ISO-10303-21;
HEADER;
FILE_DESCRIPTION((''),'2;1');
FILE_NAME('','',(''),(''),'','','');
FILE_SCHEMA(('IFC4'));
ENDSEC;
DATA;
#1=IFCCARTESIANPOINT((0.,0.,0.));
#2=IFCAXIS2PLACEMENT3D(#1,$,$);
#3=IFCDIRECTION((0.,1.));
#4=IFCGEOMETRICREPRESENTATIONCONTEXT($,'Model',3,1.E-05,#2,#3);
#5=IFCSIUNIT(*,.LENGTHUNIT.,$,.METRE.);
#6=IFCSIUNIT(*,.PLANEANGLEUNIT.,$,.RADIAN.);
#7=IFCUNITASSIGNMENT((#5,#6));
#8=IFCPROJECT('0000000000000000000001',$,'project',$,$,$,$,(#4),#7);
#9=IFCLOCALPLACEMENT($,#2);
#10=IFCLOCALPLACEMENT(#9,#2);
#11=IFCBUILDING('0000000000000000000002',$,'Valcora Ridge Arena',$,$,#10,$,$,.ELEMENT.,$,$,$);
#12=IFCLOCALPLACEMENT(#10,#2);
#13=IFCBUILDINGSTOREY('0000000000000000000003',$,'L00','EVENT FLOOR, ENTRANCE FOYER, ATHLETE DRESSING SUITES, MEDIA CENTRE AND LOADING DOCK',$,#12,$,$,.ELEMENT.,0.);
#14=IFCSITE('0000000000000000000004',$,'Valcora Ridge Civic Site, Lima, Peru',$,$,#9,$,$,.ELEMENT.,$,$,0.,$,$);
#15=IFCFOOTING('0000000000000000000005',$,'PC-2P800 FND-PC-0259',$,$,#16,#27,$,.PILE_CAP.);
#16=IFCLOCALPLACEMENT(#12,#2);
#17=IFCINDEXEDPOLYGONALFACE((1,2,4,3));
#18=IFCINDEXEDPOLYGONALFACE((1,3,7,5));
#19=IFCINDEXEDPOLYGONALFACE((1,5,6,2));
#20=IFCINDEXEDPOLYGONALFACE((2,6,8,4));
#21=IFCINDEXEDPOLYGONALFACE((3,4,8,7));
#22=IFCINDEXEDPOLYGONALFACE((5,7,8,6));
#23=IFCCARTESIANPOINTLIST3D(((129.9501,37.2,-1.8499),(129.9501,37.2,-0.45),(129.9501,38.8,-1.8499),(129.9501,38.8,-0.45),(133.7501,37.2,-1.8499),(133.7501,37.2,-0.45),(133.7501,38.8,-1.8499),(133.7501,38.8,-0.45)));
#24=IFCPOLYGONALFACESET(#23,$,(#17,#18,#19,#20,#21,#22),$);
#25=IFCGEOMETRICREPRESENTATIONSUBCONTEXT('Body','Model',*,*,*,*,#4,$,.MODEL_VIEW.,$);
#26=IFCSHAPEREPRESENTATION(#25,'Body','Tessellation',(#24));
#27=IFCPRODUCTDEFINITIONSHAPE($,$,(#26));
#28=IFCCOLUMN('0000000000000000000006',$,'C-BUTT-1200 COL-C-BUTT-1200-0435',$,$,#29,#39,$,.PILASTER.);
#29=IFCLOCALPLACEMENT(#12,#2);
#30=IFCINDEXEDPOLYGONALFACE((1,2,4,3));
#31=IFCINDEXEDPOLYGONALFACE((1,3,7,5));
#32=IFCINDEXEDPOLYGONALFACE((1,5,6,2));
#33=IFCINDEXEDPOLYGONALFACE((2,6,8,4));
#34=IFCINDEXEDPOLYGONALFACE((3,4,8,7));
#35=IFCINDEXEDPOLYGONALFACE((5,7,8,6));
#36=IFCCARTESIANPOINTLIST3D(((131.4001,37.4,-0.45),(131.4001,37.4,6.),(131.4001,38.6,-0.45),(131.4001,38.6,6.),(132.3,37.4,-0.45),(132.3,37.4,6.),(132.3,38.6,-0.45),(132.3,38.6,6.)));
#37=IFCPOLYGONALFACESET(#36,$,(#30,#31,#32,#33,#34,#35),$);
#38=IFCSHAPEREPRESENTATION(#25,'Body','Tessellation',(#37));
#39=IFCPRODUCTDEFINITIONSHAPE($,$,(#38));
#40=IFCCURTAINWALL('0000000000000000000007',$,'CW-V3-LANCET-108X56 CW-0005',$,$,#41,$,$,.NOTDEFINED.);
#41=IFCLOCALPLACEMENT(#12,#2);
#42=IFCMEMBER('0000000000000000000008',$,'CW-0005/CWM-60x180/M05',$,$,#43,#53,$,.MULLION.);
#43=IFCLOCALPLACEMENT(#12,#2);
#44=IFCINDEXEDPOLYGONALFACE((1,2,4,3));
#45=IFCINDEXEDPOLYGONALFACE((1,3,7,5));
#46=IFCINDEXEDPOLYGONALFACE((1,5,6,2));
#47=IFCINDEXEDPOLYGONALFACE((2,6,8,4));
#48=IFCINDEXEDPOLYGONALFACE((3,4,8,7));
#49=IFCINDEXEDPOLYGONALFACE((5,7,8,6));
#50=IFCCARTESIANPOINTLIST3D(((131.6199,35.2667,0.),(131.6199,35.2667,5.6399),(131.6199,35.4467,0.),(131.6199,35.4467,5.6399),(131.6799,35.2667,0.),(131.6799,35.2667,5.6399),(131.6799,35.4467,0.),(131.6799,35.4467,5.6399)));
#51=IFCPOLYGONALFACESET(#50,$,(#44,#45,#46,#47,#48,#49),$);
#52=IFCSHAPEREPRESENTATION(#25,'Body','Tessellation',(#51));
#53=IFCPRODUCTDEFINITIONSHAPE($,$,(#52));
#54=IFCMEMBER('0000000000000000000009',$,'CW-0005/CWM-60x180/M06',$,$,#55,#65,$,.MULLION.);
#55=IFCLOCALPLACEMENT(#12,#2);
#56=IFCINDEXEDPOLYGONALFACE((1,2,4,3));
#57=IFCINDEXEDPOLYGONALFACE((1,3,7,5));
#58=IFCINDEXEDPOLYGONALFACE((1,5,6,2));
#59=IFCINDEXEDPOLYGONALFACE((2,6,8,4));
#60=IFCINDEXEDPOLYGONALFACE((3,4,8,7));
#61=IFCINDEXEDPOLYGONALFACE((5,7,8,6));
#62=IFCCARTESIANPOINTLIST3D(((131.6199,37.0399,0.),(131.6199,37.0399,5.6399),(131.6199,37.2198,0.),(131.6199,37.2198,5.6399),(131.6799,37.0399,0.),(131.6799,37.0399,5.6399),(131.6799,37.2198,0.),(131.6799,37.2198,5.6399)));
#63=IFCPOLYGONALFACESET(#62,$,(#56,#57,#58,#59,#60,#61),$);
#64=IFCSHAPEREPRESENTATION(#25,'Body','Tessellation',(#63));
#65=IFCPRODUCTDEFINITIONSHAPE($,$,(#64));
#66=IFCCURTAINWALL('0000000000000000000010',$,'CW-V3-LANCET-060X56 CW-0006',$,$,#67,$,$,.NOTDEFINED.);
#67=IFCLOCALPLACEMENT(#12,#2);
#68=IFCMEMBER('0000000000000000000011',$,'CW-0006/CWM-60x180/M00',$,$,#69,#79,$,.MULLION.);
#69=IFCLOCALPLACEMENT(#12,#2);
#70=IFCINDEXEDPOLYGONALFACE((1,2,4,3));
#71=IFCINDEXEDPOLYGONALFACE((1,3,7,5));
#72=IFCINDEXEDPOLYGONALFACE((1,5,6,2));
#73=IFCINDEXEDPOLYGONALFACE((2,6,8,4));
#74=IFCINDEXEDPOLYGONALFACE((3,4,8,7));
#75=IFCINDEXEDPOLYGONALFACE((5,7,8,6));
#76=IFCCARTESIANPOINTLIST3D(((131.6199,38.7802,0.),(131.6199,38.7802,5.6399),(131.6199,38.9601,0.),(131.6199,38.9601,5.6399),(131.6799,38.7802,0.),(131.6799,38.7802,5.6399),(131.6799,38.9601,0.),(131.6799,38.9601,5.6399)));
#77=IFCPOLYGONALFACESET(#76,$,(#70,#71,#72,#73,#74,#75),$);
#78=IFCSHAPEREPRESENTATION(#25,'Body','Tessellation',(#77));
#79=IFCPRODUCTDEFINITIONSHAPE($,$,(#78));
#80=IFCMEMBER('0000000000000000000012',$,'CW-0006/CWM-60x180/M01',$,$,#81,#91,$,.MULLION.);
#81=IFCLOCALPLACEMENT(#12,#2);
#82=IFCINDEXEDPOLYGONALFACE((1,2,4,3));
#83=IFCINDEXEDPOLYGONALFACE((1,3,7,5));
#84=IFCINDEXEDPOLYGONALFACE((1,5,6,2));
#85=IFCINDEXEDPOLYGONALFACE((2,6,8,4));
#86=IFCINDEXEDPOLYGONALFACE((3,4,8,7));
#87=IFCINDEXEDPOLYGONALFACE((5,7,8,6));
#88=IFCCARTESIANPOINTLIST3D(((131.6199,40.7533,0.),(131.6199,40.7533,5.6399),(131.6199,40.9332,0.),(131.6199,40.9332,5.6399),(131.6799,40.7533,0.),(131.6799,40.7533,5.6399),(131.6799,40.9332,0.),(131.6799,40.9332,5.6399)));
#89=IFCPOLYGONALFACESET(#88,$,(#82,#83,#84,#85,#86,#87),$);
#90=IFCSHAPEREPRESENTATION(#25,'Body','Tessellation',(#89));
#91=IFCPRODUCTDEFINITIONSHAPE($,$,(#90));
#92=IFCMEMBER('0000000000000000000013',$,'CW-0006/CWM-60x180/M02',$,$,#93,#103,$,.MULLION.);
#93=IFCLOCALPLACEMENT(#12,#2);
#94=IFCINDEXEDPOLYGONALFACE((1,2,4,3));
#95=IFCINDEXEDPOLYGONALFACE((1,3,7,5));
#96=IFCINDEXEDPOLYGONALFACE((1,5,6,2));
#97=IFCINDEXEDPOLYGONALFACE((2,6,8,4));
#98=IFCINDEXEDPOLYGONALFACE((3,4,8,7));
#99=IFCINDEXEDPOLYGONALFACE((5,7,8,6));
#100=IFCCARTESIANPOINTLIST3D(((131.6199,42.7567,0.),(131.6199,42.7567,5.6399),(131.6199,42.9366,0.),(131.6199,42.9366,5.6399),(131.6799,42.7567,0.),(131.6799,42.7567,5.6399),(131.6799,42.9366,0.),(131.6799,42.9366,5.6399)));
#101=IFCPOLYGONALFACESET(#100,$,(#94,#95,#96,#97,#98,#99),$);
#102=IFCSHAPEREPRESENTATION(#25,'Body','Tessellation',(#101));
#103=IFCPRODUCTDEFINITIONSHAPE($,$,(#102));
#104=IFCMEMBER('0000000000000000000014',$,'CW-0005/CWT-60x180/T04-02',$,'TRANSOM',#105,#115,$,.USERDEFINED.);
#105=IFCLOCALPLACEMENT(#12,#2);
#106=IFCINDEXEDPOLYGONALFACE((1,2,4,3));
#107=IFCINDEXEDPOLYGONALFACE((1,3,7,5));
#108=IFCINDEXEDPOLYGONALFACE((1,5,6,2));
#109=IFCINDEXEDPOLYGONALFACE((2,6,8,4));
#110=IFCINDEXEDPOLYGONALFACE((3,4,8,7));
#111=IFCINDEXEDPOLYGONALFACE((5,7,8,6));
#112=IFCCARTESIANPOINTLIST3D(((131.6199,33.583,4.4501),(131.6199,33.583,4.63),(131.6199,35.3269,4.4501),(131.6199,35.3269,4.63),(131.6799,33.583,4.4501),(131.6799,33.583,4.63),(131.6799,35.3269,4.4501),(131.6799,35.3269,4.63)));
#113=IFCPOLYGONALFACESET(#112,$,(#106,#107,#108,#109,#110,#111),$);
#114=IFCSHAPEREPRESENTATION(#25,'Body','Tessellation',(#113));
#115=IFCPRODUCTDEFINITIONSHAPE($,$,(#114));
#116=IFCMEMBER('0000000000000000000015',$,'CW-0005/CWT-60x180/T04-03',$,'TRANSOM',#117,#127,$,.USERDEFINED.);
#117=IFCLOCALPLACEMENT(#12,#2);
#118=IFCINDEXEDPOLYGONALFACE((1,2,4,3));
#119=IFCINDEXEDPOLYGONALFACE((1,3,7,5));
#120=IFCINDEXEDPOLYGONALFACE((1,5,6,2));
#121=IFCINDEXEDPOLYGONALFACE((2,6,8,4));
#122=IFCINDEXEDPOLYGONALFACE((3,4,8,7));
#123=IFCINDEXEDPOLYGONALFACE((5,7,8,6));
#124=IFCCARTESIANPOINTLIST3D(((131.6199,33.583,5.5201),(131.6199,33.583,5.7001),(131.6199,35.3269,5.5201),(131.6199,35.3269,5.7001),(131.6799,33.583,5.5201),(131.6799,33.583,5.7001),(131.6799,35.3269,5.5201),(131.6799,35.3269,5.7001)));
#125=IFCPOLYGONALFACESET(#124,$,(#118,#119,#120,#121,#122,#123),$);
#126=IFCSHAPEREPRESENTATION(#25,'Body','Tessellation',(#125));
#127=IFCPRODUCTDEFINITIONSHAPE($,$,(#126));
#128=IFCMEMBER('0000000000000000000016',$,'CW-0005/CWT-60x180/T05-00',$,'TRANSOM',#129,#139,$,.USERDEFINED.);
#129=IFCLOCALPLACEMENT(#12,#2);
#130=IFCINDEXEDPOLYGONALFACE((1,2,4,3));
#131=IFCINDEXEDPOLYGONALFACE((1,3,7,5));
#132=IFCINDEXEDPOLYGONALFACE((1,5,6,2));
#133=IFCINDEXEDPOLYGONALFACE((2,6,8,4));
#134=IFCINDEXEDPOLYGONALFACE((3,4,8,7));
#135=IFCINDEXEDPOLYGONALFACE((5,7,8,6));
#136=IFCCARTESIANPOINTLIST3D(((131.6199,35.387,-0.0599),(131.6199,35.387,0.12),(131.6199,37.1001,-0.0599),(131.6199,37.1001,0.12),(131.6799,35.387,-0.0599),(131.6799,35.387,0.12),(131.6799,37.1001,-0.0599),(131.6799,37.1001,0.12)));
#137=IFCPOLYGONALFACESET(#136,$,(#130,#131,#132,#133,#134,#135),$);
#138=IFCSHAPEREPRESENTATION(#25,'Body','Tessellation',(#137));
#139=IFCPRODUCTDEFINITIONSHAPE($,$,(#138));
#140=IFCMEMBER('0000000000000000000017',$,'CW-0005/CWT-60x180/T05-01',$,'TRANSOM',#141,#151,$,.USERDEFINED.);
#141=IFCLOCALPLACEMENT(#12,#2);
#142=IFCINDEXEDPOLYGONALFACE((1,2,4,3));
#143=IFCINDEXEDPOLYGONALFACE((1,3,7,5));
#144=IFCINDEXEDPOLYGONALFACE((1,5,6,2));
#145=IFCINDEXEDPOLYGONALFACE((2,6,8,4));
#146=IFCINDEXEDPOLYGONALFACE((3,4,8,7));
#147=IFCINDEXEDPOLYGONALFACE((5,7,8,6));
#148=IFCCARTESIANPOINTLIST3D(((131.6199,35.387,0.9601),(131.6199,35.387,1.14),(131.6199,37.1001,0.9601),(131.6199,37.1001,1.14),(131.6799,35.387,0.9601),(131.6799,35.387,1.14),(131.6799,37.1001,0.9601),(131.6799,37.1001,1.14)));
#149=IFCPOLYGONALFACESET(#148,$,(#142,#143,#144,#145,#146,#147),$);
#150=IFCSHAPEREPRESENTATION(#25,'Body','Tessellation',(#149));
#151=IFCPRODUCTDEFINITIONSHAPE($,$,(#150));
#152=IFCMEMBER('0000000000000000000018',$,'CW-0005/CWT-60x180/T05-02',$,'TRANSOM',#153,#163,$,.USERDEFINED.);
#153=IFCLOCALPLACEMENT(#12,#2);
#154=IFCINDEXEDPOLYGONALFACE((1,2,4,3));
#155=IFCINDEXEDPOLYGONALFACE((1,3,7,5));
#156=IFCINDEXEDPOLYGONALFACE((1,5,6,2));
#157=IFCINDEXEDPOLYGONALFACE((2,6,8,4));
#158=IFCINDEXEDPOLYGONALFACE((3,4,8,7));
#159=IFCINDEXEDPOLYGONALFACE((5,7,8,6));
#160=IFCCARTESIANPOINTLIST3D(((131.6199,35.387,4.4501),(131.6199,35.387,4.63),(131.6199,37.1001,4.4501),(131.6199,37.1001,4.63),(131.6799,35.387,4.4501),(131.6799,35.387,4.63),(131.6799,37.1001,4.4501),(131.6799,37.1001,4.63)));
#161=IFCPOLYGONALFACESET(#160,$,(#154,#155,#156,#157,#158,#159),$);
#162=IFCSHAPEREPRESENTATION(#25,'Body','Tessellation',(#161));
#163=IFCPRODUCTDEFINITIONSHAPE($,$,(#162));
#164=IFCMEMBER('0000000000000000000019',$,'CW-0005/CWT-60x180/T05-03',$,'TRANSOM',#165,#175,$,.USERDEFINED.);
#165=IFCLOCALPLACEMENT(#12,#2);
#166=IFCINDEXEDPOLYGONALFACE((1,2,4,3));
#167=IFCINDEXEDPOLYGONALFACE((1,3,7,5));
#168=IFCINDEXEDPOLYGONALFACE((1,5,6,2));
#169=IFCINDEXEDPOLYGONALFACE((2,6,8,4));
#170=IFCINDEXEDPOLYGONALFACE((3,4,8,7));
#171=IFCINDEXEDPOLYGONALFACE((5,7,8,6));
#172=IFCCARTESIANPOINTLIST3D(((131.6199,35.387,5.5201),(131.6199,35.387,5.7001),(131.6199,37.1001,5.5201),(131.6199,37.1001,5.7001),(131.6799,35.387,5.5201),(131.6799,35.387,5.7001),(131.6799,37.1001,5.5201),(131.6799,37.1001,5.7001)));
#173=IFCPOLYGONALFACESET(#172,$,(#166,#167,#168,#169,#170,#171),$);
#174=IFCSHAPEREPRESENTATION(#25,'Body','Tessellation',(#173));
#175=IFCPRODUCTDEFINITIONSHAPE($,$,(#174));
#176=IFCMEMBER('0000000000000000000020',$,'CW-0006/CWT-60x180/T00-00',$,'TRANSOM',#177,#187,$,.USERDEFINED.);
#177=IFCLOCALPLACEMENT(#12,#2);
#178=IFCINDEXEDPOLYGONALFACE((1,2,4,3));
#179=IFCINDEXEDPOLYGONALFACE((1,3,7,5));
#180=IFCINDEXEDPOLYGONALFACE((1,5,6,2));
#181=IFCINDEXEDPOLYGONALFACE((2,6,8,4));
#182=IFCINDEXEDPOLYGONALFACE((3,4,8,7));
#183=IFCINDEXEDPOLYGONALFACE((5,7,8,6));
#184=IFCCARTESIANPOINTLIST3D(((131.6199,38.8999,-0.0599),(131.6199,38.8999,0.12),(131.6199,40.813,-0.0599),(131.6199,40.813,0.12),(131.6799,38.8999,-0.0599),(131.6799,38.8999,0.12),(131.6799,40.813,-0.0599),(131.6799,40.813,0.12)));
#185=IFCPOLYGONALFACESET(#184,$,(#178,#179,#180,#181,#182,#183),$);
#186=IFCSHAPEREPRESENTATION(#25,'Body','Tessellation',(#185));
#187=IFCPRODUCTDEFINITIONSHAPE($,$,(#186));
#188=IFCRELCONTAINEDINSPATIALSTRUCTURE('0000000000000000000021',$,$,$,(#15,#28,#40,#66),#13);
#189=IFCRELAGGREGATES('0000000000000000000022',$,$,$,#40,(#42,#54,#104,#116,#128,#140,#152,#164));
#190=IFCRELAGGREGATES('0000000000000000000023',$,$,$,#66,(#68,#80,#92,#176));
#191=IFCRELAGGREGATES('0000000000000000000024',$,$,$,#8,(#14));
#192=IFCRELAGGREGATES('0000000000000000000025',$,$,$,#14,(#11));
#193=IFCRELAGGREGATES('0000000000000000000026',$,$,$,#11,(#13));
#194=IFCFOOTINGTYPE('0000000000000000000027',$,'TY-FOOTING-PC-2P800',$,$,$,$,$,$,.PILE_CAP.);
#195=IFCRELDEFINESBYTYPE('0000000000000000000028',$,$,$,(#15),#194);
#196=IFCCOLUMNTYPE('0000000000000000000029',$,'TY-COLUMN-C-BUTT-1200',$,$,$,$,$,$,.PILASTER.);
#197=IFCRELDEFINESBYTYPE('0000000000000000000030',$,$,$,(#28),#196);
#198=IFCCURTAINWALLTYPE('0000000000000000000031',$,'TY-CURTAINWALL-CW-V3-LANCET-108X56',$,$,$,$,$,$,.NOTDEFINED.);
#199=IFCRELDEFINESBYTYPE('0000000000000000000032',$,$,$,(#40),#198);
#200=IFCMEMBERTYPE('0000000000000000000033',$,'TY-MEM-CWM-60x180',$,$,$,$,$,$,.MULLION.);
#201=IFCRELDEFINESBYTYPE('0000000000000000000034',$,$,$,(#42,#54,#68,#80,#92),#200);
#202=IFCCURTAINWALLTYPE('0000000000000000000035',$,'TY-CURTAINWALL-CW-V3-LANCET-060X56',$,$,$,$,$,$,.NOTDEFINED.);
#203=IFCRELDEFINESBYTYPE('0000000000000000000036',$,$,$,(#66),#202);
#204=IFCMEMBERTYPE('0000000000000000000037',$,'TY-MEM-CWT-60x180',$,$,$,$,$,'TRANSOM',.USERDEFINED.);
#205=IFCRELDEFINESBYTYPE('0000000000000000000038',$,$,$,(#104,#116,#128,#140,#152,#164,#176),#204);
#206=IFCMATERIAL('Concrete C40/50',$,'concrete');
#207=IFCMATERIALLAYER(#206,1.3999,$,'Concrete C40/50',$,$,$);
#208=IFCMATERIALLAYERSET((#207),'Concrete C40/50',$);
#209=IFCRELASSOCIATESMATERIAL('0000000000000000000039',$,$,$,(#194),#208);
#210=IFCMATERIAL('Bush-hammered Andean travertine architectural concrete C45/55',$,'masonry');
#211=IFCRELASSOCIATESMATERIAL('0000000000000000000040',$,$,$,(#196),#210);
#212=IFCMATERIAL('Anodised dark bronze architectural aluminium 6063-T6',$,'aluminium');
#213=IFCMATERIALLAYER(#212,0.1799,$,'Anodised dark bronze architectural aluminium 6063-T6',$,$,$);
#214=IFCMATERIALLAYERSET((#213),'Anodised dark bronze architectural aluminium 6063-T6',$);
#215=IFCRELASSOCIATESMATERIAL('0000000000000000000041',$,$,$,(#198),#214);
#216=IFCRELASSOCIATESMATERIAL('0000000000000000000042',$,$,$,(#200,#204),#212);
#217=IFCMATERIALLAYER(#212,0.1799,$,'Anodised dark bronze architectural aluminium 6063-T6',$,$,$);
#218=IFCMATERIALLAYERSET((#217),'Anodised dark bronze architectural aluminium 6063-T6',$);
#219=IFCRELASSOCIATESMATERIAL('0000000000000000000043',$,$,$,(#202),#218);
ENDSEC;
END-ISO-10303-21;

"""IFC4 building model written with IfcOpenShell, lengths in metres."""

from ifc_helpers import new_model, si_unit, direction, frame, origin, origin_2d, place, context, subcontext, project, spatial, rectangle, extrude, material, layer, layer_set, material_profile, profile_set, type_object, element, aggregate, save


model = new_model("IFC4")

# Units and contexts
model_context = context("Model", 3, precision=1e-05, world=origin(), true_north=direction((0.0, 1.0)))
body_context = subcontext(model_context, "Body", "Model", "MODEL_VIEW")
ifc_project = project(units=[si_unit("LENGTHUNIT", "METRE"), si_unit("PLANEANGLEUNIT", "RADIAN")], contexts=[model_context])

# Site, building, storey
site_placement = place(None, origin())
site = spatial("IfcSite", under=ifc_project, at=site_placement, Name="Valcora Ridge Civic Site, Lima, Peru", CompositionType="ELEMENT", RefElevation=0.0)
building_placement = place(site_placement, origin())
building = spatial("IfcBuilding", under=site, at=building_placement, Name="Valcora Ridge Arena", CompositionType="ELEMENT")
storey_placement = place(building_placement, origin())
storey = spatial("IfcBuildingStorey", under=building, at=storey_placement, Name="L00", Description="EVENT FLOOR, ENTRANCE FOYER, ATHLETE DRESSING SUITES, MEDIA CENTRE AND LOADING DOCK", CompositionType="ELEMENT", Elevation=0.0)

# Footing
ifc_material_1 = material(Name="Concrete C40/50", Category="concrete")
ifc_layer_1 = layer(ifc_material_1, 1.3999, Name="Concrete C40/50")
ifc_layer_set_1 = layer_set([ifc_layer_1], Name="Concrete C40/50")
footing_type = type_object("IfcFootingType", Name="TY-FOOTING-PC-2P800", PredefinedType="PILE_CAP", material=ifc_layer_set_1)
footing_placement = place(storey_placement, frame((131.8501, 38.0, -1.8499), z_axis=(0.0, 0.0, 1.0), x_axis=(1.0, 0.0, 0.0)))
element("IfcFooting", 1, at=footing_placement, inside=storey, type_object=footing_type, Name="PC-2P800 FND-PC-0259", PredefinedType="PILE_CAP", context=body_context, shape_type="SweptSolid", body=[
    extrude(rectangle(XDim=3.8, YDim=1.6001, at=origin_2d()), origin(), (0.0, 0.0, 1.0), 1.3999),
])

# Column
ifc_material_2 = material(Name="Bush-hammered Andean travertine architectural concrete C45/55", Category="masonry")
ifc_material_profile_1 = material_profile(ifc_material_2, rectangle(XDim=0.8999, YDim=1.2, at=origin_2d()), Name="RC 900x1200")
ifc_profile_set_1 = profile_set([ifc_material_profile_1], Name="Bush-hammered Andean travertine architectural concrete C45/55")
column_type = type_object("IfcColumnType", Name="TY-COLUMN-C-BUTT-1200", PredefinedType="PILASTER", material=ifc_profile_set_1)
column_placement = place(storey_placement, frame((131.8501, 38.0, -0.45), z_axis=(0.0, 0.0, 1.0), x_axis=(1.0, 0.0, 0.0)))
element("IfcColumn", 2, at=column_placement, inside=storey, type_object=column_type, Name="C-BUTT-1200 COL-C-BUTT-1200-0435", PredefinedType="PILASTER", context=body_context, shape_type="SweptSolid", body=[
    extrude(rectangle(XDim=0.8999, YDim=1.2, at=origin_2d()), origin(), (0.0, 0.0, 1.0), 6.45),
])

# Curtain walls, members
ifc_material_3 = material(Name="Anodised dark bronze architectural aluminium 6063-T6", Category="aluminium")
ifc_layer_2 = layer(ifc_material_3, 0.1799, Name="Anodised dark bronze architectural aluminium 6063-T6")
ifc_layer_set_2 = layer_set([ifc_layer_2], Name="Anodised dark bronze architectural aluminium 6063-T6")
curtain_wall_type_1 = type_object("IfcCurtainWallType", Name="TY-CURTAINWALL-CW-V3-LANCET-108X56", PredefinedType="NOTDEFINED", material=ifc_layer_set_2)
curtain_wall_1_placement = place(storey_placement, origin())
curtain_wall_1 = element("IfcCurtainWall", 3, at=curtain_wall_1_placement, inside=storey, type_object=curtain_wall_type_1, Name="CW-V3-LANCET-108X56 CW-0005", PredefinedType="NOTDEFINED")
ifc_material_profile_2 = material_profile(ifc_material_3, rectangle(XDim=0.0601, YDim=0.1799, at=origin_2d()), Name="ALU MULLION 60x180")
ifc_profile_set_2 = profile_set([ifc_material_profile_2], Name="Anodised dark bronze architectural aluminium 6063-T6")
member_type_1 = type_object("IfcMemberType", Name="TY-MEM-CWM-60x180", PredefinedType="MULLION", material=ifc_profile_set_2)
member_1_placement = place(storey_placement, frame((131.6499, 35.3567, 0.0), z_axis=(0.0, 0.0, 1.0), x_axis=(-1.0, 0.0, 0.0)))
member_1 = element("IfcMember", 4, at=member_1_placement, type_object=member_type_1, Name="CW-0005/CWM-60x180/M05", PredefinedType="MULLION", context=body_context, shape_type="SweptSolid", body=[
    extrude(rectangle(XDim=0.0601, YDim=0.1799, at=origin_2d()), origin(), (0.0, 0.0, 1.0), 5.6399),
])
member_2_placement = place(storey_placement, frame((131.6499, 37.1299, 0.0), z_axis=(0.0, 0.0, 1.0), x_axis=(-1.0, 0.0, 0.0)))
member_2 = element("IfcMember", 5, at=member_2_placement, type_object=member_type_1, Name="CW-0005/CWM-60x180/M06", PredefinedType="MULLION", context=body_context, shape_type="SweptSolid", body=[
    extrude(rectangle(XDim=0.0601, YDim=0.1799, at=origin_2d()), origin(), (0.0, 0.0, 1.0), 5.6399),
])
ifc_layer_3 = layer(ifc_material_3, 0.1799, Name="Anodised dark bronze architectural aluminium 6063-T6")
ifc_layer_set_3 = layer_set([ifc_layer_3], Name="Anodised dark bronze architectural aluminium 6063-T6")
curtain_wall_type_2 = type_object("IfcCurtainWallType", Name="TY-CURTAINWALL-CW-V3-LANCET-060X56", PredefinedType="NOTDEFINED", material=ifc_layer_set_3)
curtain_wall_2_placement = place(storey_placement, origin())
curtain_wall_2 = element("IfcCurtainWall", 6, at=curtain_wall_2_placement, inside=storey, type_object=curtain_wall_type_2, Name="CW-V3-LANCET-060X56 CW-0006", PredefinedType="NOTDEFINED")
member_3_placement = place(storey_placement, frame((131.6499, 38.8701, 0.0), z_axis=(0.0, 0.0, 1.0), x_axis=(-1.0, 0.0, 0.0)))
member_3 = element("IfcMember", 7, at=member_3_placement, type_object=member_type_1, Name="CW-0006/CWM-60x180/M00", PredefinedType="MULLION", context=body_context, shape_type="SweptSolid", body=[
    extrude(rectangle(XDim=0.0601, YDim=0.1799, at=origin_2d()), origin(), (0.0, 0.0, 1.0), 5.6399),
])
member_4_placement = place(storey_placement, frame((131.6499, 40.8433, 0.0), z_axis=(0.0, 0.0, 1.0), x_axis=(-1.0, 0.0, 0.0)))
member_4 = element("IfcMember", 8, at=member_4_placement, type_object=member_type_1, Name="CW-0006/CWM-60x180/M01", PredefinedType="MULLION", context=body_context, shape_type="SweptSolid", body=[
    extrude(rectangle(XDim=0.0601, YDim=0.1799, at=origin_2d()), origin(), (0.0, 0.0, 1.0), 5.6399),
])
member_5_placement = place(storey_placement, frame((131.6499, 42.8467, 0.0), z_axis=(0.0, 0.0, 1.0), x_axis=(-1.0, 0.0, 0.0)))
member_5 = element("IfcMember", 9, at=member_5_placement, type_object=member_type_1, Name="CW-0006/CWM-60x180/M02", PredefinedType="MULLION", context=body_context, shape_type="SweptSolid", body=[
    extrude(rectangle(XDim=0.0601, YDim=0.1799, at=origin_2d()), origin(), (0.0, 0.0, 1.0), 5.6399),
])

# Members
ifc_material_profile_3 = material_profile(ifc_material_3, rectangle(XDim=0.0601, YDim=0.1799, at=origin_2d()), Name="ALU TRANSOM 60x180")
ifc_profile_set_3 = profile_set([ifc_material_profile_3], Name="Anodised dark bronze architectural aluminium 6063-T6")
member_type_2 = type_object("IfcMemberType", Name="TY-MEM-CWT-60x180", ElementType="TRANSOM", PredefinedType="USERDEFINED", material=ifc_profile_set_3)
member_6_placement = place(storey_placement, frame((131.6499, 33.583, 4.54), z_axis=(0.0, 1.0, 0.0), x_axis=(-1.0, 0.0, 0.0)))
member_6 = element("IfcMember", 10, at=member_6_placement, type_object=member_type_2, Name="CW-0005/CWT-60x180/T04-02", ObjectType="TRANSOM", PredefinedType="USERDEFINED", context=body_context, shape_type="SweptSolid", body=[
    extrude(rectangle(XDim=0.0601, YDim=0.1799, at=origin_2d()), origin(), (0.0, 0.0, 1.0), 1.7439),
])
member_7_placement = place(storey_placement, frame((131.6499, 33.583, 5.6101), z_axis=(0.0, 1.0, 0.0), x_axis=(-1.0, 0.0, 0.0)))
member_7 = element("IfcMember", 11, at=member_7_placement, type_object=member_type_2, Name="CW-0005/CWT-60x180/T04-03", ObjectType="TRANSOM", PredefinedType="USERDEFINED", context=body_context, shape_type="SweptSolid", body=[
    extrude(rectangle(XDim=0.0601, YDim=0.1799, at=origin_2d()), origin(), (0.0, 0.0, 1.0), 1.7439),
])
member_8_placement = place(storey_placement, frame((131.6499, 35.387, 0.03), z_axis=(0.0, 1.0, 0.0), x_axis=(-1.0, 0.0, 0.0)))
member_8 = element("IfcMember", 12, at=member_8_placement, type_object=member_type_2, Name="CW-0005/CWT-60x180/T05-00", ObjectType="TRANSOM", PredefinedType="USERDEFINED", context=body_context, shape_type="SweptSolid", body=[
    extrude(rectangle(XDim=0.0601, YDim=0.1799, at=origin_2d()), origin(), (0.0, 0.0, 1.0), 1.7131),
])
member_9_placement = place(storey_placement, frame((131.6499, 35.387, 1.05), z_axis=(0.0, 1.0, 0.0), x_axis=(-1.0, 0.0, 0.0)))
member_9 = element("IfcMember", 13, at=member_9_placement, type_object=member_type_2, Name="CW-0005/CWT-60x180/T05-01", ObjectType="TRANSOM", PredefinedType="USERDEFINED", context=body_context, shape_type="SweptSolid", body=[
    extrude(rectangle(XDim=0.0601, YDim=0.1799, at=origin_2d()), origin(), (0.0, 0.0, 1.0), 1.7131),
])
member_10_placement = place(storey_placement, frame((131.6499, 35.387, 4.54), z_axis=(0.0, 1.0, 0.0), x_axis=(-1.0, 0.0, 0.0)))
member_10 = element("IfcMember", 14, at=member_10_placement, type_object=member_type_2, Name="CW-0005/CWT-60x180/T05-02", ObjectType="TRANSOM", PredefinedType="USERDEFINED", context=body_context, shape_type="SweptSolid", body=[
    extrude(rectangle(XDim=0.0601, YDim=0.1799, at=origin_2d()), origin(), (0.0, 0.0, 1.0), 1.7131),
])
member_11_placement = place(storey_placement, frame((131.6499, 35.387, 5.6101), z_axis=(0.0, 1.0, 0.0), x_axis=(-1.0, 0.0, 0.0)))
member_11 = element("IfcMember", 15, at=member_11_placement, type_object=member_type_2, Name="CW-0005/CWT-60x180/T05-03", ObjectType="TRANSOM", PredefinedType="USERDEFINED", context=body_context, shape_type="SweptSolid", body=[
    extrude(rectangle(XDim=0.0601, YDim=0.1799, at=origin_2d()), origin(), (0.0, 0.0, 1.0), 1.7131),
])
member_12_placement = place(storey_placement, frame((131.6499, 38.8999, 0.03), z_axis=(0.0, 1.0, 0.0), x_axis=(-1.0, 0.0, 0.0)))
member_12 = element("IfcMember", 16, at=member_12_placement, type_object=member_type_2, Name="CW-0006/CWT-60x180/T00-00", ObjectType="TRANSOM", PredefinedType="USERDEFINED", context=body_context, shape_type="SweptSolid", body=[
    extrude(rectangle(XDim=0.0601, YDim=0.1799, at=origin_2d()), origin(), (0.0, 0.0, 1.0), 1.9131),
])

aggregate(curtain_wall_1, [member_1, member_2, member_6, member_7, member_8, member_9, member_10, member_11])
aggregate(curtain_wall_2, [member_3, member_4, member_5, member_12])

save(model, "model.ifc")
